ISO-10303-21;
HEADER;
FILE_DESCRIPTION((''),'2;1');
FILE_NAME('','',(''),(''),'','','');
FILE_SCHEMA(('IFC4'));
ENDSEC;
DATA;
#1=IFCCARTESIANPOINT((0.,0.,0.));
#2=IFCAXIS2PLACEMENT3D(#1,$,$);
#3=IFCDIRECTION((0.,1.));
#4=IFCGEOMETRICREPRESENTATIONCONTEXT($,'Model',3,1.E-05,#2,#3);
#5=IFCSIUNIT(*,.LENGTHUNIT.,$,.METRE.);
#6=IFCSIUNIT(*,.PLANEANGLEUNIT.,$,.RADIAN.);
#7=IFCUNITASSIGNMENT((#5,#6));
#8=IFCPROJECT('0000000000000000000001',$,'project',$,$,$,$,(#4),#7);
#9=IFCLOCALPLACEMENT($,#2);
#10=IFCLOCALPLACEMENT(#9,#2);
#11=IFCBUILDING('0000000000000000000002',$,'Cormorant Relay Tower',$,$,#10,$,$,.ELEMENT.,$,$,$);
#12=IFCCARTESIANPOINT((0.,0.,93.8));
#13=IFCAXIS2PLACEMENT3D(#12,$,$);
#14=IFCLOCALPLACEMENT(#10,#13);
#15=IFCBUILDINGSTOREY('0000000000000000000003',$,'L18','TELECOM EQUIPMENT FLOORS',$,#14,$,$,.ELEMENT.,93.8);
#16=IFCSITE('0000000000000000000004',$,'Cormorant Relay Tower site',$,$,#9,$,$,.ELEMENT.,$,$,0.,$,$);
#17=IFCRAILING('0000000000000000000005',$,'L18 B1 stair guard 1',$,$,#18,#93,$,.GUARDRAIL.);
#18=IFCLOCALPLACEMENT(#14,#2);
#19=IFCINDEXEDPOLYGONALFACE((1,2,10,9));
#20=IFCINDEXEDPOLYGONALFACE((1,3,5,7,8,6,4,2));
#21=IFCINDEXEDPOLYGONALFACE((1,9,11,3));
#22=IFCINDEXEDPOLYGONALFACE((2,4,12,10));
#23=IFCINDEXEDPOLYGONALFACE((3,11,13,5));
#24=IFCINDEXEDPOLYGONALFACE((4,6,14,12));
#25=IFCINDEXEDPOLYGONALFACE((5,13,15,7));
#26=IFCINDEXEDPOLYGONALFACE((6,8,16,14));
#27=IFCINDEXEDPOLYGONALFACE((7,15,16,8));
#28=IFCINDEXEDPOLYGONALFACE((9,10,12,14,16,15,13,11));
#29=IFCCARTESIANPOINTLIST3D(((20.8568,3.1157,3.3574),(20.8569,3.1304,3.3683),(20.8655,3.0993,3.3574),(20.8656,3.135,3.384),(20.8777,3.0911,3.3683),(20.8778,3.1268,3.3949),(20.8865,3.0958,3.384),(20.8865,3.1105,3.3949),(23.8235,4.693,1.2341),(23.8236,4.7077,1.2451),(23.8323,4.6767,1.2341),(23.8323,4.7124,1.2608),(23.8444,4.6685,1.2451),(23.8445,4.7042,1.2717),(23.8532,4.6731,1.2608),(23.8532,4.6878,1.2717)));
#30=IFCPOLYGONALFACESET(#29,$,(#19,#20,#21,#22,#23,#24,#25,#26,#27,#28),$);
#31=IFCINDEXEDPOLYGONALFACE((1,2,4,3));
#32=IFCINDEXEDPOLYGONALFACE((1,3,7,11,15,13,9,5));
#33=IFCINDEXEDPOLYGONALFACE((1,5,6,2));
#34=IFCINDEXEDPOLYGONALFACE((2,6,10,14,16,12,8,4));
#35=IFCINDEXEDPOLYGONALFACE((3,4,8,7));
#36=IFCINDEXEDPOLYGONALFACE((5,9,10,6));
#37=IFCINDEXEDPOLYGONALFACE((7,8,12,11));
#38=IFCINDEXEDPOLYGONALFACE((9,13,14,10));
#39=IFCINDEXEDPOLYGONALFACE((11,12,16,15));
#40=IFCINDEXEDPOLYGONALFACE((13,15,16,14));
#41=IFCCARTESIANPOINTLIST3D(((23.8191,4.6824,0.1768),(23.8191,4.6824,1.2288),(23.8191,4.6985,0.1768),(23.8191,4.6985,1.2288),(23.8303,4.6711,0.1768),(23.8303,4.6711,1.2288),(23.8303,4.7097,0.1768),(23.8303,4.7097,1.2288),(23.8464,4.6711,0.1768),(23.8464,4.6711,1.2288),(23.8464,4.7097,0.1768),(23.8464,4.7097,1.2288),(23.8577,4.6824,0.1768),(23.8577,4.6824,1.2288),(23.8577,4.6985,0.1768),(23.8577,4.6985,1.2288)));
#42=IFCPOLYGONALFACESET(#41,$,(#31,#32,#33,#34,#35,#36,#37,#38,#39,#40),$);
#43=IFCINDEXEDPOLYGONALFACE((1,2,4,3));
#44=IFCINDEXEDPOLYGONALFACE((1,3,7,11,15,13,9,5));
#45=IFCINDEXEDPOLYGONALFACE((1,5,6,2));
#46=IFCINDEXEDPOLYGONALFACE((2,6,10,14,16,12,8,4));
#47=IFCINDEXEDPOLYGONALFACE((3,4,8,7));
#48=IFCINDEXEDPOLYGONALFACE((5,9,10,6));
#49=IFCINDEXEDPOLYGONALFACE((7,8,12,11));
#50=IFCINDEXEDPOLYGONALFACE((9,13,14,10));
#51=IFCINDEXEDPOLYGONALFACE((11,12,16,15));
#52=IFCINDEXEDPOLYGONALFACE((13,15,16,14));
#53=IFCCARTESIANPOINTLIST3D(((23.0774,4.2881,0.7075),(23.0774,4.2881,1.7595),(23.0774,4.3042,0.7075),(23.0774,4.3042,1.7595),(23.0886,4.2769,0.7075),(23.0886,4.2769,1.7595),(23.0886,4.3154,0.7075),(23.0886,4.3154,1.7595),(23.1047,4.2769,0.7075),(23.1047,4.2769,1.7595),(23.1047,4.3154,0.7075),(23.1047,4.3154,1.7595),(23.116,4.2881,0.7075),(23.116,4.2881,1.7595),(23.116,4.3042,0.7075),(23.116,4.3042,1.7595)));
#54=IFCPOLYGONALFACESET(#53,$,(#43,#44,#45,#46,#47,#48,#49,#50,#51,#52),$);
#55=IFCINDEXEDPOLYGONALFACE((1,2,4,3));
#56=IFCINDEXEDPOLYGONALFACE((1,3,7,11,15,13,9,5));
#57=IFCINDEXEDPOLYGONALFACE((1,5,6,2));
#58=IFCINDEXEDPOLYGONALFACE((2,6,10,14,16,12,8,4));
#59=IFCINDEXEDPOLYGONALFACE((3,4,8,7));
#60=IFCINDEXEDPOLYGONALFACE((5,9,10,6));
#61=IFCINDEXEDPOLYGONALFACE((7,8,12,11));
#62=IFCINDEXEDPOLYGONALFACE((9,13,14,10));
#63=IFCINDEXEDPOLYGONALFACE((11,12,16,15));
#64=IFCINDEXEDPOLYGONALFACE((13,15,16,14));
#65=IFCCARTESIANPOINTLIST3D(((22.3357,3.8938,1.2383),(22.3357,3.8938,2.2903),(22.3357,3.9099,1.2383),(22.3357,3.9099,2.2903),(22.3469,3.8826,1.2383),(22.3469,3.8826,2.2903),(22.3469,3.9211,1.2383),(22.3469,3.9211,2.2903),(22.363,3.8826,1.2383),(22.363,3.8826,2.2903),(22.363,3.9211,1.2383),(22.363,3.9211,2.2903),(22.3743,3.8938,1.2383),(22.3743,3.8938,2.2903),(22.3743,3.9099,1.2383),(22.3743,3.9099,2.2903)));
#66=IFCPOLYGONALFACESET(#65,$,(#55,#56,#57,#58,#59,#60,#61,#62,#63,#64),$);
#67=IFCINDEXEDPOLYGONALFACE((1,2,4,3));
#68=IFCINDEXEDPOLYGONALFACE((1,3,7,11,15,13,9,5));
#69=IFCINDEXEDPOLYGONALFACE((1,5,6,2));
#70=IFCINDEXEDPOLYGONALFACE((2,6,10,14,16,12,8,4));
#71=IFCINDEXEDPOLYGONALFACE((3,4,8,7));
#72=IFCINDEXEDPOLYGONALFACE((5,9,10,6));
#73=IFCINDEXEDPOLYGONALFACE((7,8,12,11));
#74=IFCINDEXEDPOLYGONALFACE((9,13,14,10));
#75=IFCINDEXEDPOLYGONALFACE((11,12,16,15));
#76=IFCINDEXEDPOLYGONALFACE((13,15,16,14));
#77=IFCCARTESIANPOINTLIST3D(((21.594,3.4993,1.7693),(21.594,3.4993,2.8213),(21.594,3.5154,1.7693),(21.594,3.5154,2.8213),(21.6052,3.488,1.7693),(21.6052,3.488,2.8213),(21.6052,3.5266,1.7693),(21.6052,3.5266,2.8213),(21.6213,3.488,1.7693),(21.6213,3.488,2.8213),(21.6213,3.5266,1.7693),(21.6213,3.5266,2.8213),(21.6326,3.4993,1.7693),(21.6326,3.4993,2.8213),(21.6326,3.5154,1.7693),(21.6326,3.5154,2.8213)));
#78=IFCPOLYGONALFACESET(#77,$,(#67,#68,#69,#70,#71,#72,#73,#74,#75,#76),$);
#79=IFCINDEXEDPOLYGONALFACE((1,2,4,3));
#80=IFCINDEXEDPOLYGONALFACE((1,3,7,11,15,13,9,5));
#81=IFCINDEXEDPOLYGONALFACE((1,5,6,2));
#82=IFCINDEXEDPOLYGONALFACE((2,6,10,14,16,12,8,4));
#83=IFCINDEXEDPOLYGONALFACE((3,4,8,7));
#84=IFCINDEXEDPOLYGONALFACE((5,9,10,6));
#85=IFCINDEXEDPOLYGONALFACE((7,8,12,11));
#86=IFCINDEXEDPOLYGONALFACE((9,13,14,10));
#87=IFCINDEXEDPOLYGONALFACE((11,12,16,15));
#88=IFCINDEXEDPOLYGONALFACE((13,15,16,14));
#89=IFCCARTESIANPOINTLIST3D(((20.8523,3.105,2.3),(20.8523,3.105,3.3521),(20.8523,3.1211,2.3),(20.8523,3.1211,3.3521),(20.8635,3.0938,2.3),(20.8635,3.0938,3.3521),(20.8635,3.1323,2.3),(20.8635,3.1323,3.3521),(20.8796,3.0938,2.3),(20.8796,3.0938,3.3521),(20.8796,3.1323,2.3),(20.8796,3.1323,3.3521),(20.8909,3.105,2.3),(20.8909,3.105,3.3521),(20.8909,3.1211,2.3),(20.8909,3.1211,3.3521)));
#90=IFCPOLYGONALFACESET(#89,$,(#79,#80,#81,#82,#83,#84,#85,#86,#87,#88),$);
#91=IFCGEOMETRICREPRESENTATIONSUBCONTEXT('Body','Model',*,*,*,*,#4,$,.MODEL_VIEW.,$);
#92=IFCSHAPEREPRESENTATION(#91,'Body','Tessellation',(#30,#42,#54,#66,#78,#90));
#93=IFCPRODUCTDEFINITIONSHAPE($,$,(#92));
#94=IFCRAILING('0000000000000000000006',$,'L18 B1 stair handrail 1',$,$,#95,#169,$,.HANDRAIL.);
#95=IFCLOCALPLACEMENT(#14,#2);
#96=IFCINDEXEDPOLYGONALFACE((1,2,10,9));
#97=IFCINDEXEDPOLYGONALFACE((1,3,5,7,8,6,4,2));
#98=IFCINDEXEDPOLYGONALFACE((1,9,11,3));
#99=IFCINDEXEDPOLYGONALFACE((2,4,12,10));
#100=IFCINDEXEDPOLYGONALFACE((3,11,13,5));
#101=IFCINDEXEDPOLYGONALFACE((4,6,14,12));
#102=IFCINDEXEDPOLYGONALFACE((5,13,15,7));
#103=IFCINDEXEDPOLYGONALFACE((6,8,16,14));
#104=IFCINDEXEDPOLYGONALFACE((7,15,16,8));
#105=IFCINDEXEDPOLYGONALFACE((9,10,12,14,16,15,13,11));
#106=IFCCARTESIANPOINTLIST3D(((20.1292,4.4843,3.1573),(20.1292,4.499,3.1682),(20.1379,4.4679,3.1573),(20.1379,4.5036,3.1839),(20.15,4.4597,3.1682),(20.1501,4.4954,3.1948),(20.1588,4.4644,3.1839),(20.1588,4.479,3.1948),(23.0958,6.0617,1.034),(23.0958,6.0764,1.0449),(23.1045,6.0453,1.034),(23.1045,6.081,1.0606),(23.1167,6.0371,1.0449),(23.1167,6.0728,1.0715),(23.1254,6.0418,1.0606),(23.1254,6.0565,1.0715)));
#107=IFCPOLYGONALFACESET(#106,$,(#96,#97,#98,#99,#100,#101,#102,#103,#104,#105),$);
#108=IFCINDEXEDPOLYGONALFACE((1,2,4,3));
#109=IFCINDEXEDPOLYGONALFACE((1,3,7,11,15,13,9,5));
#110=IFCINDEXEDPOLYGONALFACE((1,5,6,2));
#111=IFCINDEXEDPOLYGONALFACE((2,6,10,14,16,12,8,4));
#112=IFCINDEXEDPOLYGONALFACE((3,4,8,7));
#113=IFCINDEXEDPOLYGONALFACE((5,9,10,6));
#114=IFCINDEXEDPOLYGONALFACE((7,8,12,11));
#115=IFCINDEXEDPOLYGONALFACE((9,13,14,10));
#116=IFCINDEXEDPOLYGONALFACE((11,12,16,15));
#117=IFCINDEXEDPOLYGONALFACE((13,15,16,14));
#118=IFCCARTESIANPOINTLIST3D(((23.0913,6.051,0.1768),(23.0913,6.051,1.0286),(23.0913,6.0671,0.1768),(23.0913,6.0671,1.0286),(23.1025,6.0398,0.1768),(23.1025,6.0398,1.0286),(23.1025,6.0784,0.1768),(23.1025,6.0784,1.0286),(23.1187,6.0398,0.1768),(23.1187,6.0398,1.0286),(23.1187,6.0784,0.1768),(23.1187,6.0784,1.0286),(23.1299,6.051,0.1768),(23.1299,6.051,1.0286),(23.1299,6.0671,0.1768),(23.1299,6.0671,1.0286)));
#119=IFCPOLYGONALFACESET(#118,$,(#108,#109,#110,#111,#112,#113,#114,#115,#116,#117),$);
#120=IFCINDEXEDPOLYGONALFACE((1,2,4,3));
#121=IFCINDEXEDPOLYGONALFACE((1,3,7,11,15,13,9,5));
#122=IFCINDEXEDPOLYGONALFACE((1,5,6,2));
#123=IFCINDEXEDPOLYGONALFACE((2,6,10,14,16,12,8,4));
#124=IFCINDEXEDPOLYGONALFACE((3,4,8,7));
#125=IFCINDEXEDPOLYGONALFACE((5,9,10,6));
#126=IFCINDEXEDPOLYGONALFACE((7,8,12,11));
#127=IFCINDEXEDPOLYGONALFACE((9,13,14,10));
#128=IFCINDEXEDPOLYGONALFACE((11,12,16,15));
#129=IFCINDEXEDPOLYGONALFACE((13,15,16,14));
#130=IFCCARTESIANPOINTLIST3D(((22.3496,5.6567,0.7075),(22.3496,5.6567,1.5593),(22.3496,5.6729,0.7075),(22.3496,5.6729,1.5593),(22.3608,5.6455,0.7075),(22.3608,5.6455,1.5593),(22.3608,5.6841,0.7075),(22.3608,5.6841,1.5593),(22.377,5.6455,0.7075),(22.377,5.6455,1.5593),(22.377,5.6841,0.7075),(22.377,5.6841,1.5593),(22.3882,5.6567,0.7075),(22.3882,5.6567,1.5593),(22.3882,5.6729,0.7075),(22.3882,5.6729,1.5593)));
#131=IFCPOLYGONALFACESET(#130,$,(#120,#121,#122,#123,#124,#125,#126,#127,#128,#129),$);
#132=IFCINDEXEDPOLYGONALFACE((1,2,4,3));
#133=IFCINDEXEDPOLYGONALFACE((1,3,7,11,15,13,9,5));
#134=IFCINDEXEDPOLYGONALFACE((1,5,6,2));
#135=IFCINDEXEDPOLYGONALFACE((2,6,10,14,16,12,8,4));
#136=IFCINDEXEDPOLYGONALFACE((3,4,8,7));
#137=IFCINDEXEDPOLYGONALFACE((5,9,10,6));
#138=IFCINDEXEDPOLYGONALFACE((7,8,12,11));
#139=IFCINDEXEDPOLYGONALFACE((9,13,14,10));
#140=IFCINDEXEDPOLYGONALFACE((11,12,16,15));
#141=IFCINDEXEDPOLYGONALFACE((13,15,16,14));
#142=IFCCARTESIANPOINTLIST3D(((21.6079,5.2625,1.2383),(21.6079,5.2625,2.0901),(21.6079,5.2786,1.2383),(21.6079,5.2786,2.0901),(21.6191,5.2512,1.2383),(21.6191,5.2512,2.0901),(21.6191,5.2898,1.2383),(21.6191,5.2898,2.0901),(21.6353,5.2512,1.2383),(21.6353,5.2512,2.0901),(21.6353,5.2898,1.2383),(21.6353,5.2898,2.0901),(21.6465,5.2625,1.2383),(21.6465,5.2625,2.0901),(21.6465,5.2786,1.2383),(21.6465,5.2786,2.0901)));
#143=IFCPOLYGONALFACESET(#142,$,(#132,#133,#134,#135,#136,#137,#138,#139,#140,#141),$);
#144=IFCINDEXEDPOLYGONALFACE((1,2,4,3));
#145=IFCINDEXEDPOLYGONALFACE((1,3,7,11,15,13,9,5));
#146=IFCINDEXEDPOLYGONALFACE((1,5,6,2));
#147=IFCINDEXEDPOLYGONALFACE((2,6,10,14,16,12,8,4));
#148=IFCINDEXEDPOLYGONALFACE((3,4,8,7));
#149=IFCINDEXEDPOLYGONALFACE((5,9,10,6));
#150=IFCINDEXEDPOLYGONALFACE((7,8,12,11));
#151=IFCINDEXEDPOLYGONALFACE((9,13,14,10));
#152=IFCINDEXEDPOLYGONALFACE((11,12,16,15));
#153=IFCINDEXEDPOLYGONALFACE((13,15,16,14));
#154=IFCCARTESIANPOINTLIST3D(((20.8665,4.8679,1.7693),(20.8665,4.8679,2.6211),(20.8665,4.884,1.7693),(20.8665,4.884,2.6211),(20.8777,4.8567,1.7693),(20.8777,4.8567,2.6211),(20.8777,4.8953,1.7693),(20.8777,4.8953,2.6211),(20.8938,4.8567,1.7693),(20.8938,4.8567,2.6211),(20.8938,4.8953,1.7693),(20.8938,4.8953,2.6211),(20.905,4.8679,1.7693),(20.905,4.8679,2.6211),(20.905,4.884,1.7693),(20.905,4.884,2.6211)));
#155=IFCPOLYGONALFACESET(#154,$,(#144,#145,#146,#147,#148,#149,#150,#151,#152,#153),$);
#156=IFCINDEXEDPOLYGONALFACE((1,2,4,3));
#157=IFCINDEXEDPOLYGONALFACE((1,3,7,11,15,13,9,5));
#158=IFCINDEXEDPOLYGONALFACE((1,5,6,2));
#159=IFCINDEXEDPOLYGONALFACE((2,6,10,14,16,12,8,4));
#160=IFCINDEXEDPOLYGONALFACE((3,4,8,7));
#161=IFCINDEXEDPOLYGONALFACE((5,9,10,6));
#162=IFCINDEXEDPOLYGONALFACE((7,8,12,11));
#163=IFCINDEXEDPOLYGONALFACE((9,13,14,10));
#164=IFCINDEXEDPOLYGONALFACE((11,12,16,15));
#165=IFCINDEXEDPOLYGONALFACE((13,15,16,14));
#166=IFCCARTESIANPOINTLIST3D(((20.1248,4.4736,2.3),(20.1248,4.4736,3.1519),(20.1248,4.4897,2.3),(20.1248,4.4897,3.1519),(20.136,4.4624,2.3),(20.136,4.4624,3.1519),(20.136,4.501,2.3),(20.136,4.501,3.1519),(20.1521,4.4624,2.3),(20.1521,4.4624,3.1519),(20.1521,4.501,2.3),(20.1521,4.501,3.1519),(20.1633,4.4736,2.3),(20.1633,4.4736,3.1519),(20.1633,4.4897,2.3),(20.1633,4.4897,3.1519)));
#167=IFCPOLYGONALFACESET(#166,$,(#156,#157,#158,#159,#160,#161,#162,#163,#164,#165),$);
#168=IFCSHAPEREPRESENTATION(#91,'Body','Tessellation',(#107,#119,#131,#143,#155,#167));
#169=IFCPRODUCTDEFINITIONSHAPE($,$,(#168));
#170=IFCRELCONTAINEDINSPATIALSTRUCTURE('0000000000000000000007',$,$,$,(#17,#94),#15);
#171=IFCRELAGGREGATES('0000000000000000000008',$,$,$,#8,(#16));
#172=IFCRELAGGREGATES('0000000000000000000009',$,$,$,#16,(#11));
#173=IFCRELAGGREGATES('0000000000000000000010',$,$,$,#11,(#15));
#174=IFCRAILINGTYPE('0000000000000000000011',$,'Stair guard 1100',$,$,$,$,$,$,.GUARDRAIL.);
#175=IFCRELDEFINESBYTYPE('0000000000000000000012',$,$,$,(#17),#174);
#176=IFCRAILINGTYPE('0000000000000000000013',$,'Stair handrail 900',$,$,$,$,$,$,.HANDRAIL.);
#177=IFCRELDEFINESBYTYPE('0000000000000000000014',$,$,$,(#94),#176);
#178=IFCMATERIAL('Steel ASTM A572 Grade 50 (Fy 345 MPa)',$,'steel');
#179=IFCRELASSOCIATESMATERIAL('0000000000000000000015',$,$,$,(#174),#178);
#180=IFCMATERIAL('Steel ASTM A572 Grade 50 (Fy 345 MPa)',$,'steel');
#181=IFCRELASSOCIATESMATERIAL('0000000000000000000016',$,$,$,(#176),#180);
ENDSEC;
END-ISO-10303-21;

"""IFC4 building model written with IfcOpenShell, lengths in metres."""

from ifc_helpers import new_model, si_unit, direction, frame, origin, place, context, subcontext, project, spatial, polyline, outline, extrude, material, type_object, element, save


model = new_model("IFC4")

# Units and contexts
model_context = context("Model", 3, precision=1e-05, world=origin(), true_north=direction((0.0, 1.0)))
body_context = subcontext(model_context, "Body", "Model", "MODEL_VIEW")
ifc_project = project(units=[si_unit("LENGTHUNIT", "METRE"), si_unit("PLANEANGLEUNIT", "RADIAN")], contexts=[model_context])

# Site, building, storey
site_placement = place(None, origin())
site = spatial("IfcSite", under=ifc_project, at=site_placement, Name="Cormorant Relay Tower site", CompositionType="ELEMENT", RefElevation=0.0)
building_placement = place(site_placement, origin())
building = spatial("IfcBuilding", under=site, at=building_placement, Name="Cormorant Relay Tower", CompositionType="ELEMENT")
storey_placement = place(building_placement, frame((0.0, 0.0, 93.8)))
storey = spatial("IfcBuildingStorey", under=building, at=storey_placement, Name="L18", Description="TELECOM EQUIPMENT FLOORS", CompositionType="ELEMENT", Elevation=93.8)

# Railings
ifc_material_1 = material(Name="Steel ASTM A572 Grade 50 (Fy 345 MPa)", Category="steel")
railing_type_1 = type_object("IfcRailingType", Name="Stair guard 1100", PredefinedType="GUARDRAIL", material=ifc_material_1)
railing_1_placement = place(storey_placement, frame((23.8384, 4.6904, 0.1768)))
element("IfcRailing", 1, at=railing_1_placement, inside=storey, type_object=railing_type_1, Name="L18 B1 stair guard 1", PredefinedType="GUARDRAIL", context=body_context, shape_type="SweptSolid", body=[
    extrude(outline(polyline([(0.0222, 0.0093), (0.0093, 0.0222), (-0.0093, 0.0222), (-0.0222, 0.0093), (-0.0222, -0.0093), (-0.0093, -0.0222), (0.0093, -0.0222), (0.0222, -0.0093), (0.0222, 0.0093)])), frame((0.0, 0.0, 1.0762), z_axis=(-0.746416, -0.396856, 0.534199), x_axis=(0.469453, -0.882958, 0.0)), (0.0, 0.0, 1.0), 3.9746),
    extrude(outline(polyline([(0.0193, 0.0081), (0.0081, 0.0193), (-0.0081, 0.0193), (-0.0193, 0.0081), (-0.0193, -0.0081), (-0.0081, -0.0193), (0.0081, -0.0193), (0.0193, -0.0081), (0.0193, 0.0081)])), origin(), (0.0, 0.0, 1.0), 1.052),
    extrude(outline(polyline([(0.0193, 0.0081), (0.0081, 0.0193), (-0.0081, 0.0193), (-0.0193, 0.0081), (-0.0193, -0.0081), (-0.0081, -0.0193), (0.0081, -0.0193), (0.0193, -0.0081), (0.0193, 0.0081)])), frame((-0.7417, -0.3943, 0.5308)), (0.0, 0.0, 1.0), 1.052),
    extrude(outline(polyline([(0.0193, 0.0081), (0.0081, 0.0193), (-0.0081, 0.0193), (-0.0193, 0.0081), (-0.0193, -0.0081), (-0.0081, -0.0193), (0.0081, -0.0193), (0.0193, -0.0081), (0.0193, 0.0081)])), frame((-1.4834, -0.7886, 1.0615)), (0.0, 0.0, 1.0), 1.052),
    extrude(outline(polyline([(0.0193, 0.0081), (0.0081, 0.0193), (-0.0081, 0.0193), (-0.0193, 0.0081), (-0.0193, -0.0081), (-0.0081, -0.0193), (0.0081, -0.0193), (0.0193, -0.0081), (0.0193, 0.0081)])), frame((-2.2251, -1.1831, 1.5925)), (0.0, 0.0, 1.0), 1.052),
    extrude(outline(polyline([(0.0193, 0.0081), (0.0081, 0.0193), (-0.0081, 0.0193), (-0.0193, 0.0081), (-0.0193, -0.0081), (-0.0081, -0.0193), (0.0081, -0.0193), (0.0193, -0.0081), (0.0193, 0.0081)])), frame((-2.9668, -1.5774, 2.1233)), (0.0, 0.0, 1.0), 1.052),
])
ifc_material_2 = material(Name="Steel ASTM A572 Grade 50 (Fy 345 MPa)", Category="steel")
railing_type_2 = type_object("IfcRailingType", Name="Stair handrail 900", PredefinedType="HANDRAIL", material=ifc_material_2)
railing_2_placement = place(storey_placement, frame((23.1106, 6.0591, 0.1768)))
element("IfcRailing", 2, at=railing_2_placement, inside=storey, type_object=railing_type_2, Name="L18 B1 stair handrail 1", PredefinedType="HANDRAIL", context=body_context, shape_type="SweptSolid", body=[
    extrude(outline(polyline([(0.0222, 0.0093), (0.0093, 0.0222), (-0.0093, 0.0222), (-0.0222, 0.0093), (-0.0222, -0.0093), (-0.0093, -0.0222), (0.0093, -0.0222), (0.0222, -0.0093), (0.0222, 0.0093)])), frame((0.0, 0.0, 0.876), z_axis=(-0.746389, -0.396874, 0.534223), x_axis=(0.469483, -0.882942, 0.0)), (0.0, 0.0, 1.0), 3.9746),
    extrude(outline(polyline([(0.0193, 0.0081), (0.0081, 0.0193), (-0.0081, 0.0193), (-0.0193, 0.0081), (-0.0193, -0.0081), (-0.0081, -0.0193), (0.0081, -0.0193), (0.0193, -0.0081), (0.0193, 0.0081)])), origin(), (0.0, 0.0, 1.0), 0.8518),
    extrude(outline(polyline([(0.0193, 0.0081), (0.0081, 0.0193), (-0.0081, 0.0193), (-0.0193, 0.0081), (-0.0193, -0.0081), (-0.0081, -0.0193), (0.0081, -0.0193), (0.0193, -0.0081), (0.0193, 0.0081)])), frame((-0.7417, -0.3943, 0.5308)), (0.0, 0.0, 1.0), 0.8518),
    extrude(outline(polyline([(0.0193, 0.0081), (0.0081, 0.0193), (-0.0081, 0.0193), (-0.0193, 0.0081), (-0.0193, -0.0081), (-0.0081, -0.0193), (0.0081, -0.0193), (0.0193, -0.0081), (0.0193, 0.0081)])), frame((-1.4834, -0.7886, 1.0615)), (0.0, 0.0, 1.0), 0.8518),
    extrude(outline(polyline([(0.0193, 0.0081), (0.0081, 0.0193), (-0.0081, 0.0193), (-0.0193, 0.0081), (-0.0193, -0.0081), (-0.0081, -0.0193), (0.0081, -0.0193), (0.0193, -0.0081), (0.0193, 0.0081)])), frame((-2.2249, -1.1831, 1.5925)), (0.0, 0.0, 1.0), 0.8518),
    extrude(outline(polyline([(0.0193, 0.0081), (0.0081, 0.0193), (-0.0081, 0.0193), (-0.0193, 0.0081), (-0.0193, -0.0081), (-0.0081, -0.0193), (0.0081, -0.0193), (0.0193, -0.0081), (0.0193, 0.0081)])), frame((-2.9666, -1.5774, 2.1233)), (0.0, 0.0, 1.0), 0.8518),
])

save(model, "model.ifc")
